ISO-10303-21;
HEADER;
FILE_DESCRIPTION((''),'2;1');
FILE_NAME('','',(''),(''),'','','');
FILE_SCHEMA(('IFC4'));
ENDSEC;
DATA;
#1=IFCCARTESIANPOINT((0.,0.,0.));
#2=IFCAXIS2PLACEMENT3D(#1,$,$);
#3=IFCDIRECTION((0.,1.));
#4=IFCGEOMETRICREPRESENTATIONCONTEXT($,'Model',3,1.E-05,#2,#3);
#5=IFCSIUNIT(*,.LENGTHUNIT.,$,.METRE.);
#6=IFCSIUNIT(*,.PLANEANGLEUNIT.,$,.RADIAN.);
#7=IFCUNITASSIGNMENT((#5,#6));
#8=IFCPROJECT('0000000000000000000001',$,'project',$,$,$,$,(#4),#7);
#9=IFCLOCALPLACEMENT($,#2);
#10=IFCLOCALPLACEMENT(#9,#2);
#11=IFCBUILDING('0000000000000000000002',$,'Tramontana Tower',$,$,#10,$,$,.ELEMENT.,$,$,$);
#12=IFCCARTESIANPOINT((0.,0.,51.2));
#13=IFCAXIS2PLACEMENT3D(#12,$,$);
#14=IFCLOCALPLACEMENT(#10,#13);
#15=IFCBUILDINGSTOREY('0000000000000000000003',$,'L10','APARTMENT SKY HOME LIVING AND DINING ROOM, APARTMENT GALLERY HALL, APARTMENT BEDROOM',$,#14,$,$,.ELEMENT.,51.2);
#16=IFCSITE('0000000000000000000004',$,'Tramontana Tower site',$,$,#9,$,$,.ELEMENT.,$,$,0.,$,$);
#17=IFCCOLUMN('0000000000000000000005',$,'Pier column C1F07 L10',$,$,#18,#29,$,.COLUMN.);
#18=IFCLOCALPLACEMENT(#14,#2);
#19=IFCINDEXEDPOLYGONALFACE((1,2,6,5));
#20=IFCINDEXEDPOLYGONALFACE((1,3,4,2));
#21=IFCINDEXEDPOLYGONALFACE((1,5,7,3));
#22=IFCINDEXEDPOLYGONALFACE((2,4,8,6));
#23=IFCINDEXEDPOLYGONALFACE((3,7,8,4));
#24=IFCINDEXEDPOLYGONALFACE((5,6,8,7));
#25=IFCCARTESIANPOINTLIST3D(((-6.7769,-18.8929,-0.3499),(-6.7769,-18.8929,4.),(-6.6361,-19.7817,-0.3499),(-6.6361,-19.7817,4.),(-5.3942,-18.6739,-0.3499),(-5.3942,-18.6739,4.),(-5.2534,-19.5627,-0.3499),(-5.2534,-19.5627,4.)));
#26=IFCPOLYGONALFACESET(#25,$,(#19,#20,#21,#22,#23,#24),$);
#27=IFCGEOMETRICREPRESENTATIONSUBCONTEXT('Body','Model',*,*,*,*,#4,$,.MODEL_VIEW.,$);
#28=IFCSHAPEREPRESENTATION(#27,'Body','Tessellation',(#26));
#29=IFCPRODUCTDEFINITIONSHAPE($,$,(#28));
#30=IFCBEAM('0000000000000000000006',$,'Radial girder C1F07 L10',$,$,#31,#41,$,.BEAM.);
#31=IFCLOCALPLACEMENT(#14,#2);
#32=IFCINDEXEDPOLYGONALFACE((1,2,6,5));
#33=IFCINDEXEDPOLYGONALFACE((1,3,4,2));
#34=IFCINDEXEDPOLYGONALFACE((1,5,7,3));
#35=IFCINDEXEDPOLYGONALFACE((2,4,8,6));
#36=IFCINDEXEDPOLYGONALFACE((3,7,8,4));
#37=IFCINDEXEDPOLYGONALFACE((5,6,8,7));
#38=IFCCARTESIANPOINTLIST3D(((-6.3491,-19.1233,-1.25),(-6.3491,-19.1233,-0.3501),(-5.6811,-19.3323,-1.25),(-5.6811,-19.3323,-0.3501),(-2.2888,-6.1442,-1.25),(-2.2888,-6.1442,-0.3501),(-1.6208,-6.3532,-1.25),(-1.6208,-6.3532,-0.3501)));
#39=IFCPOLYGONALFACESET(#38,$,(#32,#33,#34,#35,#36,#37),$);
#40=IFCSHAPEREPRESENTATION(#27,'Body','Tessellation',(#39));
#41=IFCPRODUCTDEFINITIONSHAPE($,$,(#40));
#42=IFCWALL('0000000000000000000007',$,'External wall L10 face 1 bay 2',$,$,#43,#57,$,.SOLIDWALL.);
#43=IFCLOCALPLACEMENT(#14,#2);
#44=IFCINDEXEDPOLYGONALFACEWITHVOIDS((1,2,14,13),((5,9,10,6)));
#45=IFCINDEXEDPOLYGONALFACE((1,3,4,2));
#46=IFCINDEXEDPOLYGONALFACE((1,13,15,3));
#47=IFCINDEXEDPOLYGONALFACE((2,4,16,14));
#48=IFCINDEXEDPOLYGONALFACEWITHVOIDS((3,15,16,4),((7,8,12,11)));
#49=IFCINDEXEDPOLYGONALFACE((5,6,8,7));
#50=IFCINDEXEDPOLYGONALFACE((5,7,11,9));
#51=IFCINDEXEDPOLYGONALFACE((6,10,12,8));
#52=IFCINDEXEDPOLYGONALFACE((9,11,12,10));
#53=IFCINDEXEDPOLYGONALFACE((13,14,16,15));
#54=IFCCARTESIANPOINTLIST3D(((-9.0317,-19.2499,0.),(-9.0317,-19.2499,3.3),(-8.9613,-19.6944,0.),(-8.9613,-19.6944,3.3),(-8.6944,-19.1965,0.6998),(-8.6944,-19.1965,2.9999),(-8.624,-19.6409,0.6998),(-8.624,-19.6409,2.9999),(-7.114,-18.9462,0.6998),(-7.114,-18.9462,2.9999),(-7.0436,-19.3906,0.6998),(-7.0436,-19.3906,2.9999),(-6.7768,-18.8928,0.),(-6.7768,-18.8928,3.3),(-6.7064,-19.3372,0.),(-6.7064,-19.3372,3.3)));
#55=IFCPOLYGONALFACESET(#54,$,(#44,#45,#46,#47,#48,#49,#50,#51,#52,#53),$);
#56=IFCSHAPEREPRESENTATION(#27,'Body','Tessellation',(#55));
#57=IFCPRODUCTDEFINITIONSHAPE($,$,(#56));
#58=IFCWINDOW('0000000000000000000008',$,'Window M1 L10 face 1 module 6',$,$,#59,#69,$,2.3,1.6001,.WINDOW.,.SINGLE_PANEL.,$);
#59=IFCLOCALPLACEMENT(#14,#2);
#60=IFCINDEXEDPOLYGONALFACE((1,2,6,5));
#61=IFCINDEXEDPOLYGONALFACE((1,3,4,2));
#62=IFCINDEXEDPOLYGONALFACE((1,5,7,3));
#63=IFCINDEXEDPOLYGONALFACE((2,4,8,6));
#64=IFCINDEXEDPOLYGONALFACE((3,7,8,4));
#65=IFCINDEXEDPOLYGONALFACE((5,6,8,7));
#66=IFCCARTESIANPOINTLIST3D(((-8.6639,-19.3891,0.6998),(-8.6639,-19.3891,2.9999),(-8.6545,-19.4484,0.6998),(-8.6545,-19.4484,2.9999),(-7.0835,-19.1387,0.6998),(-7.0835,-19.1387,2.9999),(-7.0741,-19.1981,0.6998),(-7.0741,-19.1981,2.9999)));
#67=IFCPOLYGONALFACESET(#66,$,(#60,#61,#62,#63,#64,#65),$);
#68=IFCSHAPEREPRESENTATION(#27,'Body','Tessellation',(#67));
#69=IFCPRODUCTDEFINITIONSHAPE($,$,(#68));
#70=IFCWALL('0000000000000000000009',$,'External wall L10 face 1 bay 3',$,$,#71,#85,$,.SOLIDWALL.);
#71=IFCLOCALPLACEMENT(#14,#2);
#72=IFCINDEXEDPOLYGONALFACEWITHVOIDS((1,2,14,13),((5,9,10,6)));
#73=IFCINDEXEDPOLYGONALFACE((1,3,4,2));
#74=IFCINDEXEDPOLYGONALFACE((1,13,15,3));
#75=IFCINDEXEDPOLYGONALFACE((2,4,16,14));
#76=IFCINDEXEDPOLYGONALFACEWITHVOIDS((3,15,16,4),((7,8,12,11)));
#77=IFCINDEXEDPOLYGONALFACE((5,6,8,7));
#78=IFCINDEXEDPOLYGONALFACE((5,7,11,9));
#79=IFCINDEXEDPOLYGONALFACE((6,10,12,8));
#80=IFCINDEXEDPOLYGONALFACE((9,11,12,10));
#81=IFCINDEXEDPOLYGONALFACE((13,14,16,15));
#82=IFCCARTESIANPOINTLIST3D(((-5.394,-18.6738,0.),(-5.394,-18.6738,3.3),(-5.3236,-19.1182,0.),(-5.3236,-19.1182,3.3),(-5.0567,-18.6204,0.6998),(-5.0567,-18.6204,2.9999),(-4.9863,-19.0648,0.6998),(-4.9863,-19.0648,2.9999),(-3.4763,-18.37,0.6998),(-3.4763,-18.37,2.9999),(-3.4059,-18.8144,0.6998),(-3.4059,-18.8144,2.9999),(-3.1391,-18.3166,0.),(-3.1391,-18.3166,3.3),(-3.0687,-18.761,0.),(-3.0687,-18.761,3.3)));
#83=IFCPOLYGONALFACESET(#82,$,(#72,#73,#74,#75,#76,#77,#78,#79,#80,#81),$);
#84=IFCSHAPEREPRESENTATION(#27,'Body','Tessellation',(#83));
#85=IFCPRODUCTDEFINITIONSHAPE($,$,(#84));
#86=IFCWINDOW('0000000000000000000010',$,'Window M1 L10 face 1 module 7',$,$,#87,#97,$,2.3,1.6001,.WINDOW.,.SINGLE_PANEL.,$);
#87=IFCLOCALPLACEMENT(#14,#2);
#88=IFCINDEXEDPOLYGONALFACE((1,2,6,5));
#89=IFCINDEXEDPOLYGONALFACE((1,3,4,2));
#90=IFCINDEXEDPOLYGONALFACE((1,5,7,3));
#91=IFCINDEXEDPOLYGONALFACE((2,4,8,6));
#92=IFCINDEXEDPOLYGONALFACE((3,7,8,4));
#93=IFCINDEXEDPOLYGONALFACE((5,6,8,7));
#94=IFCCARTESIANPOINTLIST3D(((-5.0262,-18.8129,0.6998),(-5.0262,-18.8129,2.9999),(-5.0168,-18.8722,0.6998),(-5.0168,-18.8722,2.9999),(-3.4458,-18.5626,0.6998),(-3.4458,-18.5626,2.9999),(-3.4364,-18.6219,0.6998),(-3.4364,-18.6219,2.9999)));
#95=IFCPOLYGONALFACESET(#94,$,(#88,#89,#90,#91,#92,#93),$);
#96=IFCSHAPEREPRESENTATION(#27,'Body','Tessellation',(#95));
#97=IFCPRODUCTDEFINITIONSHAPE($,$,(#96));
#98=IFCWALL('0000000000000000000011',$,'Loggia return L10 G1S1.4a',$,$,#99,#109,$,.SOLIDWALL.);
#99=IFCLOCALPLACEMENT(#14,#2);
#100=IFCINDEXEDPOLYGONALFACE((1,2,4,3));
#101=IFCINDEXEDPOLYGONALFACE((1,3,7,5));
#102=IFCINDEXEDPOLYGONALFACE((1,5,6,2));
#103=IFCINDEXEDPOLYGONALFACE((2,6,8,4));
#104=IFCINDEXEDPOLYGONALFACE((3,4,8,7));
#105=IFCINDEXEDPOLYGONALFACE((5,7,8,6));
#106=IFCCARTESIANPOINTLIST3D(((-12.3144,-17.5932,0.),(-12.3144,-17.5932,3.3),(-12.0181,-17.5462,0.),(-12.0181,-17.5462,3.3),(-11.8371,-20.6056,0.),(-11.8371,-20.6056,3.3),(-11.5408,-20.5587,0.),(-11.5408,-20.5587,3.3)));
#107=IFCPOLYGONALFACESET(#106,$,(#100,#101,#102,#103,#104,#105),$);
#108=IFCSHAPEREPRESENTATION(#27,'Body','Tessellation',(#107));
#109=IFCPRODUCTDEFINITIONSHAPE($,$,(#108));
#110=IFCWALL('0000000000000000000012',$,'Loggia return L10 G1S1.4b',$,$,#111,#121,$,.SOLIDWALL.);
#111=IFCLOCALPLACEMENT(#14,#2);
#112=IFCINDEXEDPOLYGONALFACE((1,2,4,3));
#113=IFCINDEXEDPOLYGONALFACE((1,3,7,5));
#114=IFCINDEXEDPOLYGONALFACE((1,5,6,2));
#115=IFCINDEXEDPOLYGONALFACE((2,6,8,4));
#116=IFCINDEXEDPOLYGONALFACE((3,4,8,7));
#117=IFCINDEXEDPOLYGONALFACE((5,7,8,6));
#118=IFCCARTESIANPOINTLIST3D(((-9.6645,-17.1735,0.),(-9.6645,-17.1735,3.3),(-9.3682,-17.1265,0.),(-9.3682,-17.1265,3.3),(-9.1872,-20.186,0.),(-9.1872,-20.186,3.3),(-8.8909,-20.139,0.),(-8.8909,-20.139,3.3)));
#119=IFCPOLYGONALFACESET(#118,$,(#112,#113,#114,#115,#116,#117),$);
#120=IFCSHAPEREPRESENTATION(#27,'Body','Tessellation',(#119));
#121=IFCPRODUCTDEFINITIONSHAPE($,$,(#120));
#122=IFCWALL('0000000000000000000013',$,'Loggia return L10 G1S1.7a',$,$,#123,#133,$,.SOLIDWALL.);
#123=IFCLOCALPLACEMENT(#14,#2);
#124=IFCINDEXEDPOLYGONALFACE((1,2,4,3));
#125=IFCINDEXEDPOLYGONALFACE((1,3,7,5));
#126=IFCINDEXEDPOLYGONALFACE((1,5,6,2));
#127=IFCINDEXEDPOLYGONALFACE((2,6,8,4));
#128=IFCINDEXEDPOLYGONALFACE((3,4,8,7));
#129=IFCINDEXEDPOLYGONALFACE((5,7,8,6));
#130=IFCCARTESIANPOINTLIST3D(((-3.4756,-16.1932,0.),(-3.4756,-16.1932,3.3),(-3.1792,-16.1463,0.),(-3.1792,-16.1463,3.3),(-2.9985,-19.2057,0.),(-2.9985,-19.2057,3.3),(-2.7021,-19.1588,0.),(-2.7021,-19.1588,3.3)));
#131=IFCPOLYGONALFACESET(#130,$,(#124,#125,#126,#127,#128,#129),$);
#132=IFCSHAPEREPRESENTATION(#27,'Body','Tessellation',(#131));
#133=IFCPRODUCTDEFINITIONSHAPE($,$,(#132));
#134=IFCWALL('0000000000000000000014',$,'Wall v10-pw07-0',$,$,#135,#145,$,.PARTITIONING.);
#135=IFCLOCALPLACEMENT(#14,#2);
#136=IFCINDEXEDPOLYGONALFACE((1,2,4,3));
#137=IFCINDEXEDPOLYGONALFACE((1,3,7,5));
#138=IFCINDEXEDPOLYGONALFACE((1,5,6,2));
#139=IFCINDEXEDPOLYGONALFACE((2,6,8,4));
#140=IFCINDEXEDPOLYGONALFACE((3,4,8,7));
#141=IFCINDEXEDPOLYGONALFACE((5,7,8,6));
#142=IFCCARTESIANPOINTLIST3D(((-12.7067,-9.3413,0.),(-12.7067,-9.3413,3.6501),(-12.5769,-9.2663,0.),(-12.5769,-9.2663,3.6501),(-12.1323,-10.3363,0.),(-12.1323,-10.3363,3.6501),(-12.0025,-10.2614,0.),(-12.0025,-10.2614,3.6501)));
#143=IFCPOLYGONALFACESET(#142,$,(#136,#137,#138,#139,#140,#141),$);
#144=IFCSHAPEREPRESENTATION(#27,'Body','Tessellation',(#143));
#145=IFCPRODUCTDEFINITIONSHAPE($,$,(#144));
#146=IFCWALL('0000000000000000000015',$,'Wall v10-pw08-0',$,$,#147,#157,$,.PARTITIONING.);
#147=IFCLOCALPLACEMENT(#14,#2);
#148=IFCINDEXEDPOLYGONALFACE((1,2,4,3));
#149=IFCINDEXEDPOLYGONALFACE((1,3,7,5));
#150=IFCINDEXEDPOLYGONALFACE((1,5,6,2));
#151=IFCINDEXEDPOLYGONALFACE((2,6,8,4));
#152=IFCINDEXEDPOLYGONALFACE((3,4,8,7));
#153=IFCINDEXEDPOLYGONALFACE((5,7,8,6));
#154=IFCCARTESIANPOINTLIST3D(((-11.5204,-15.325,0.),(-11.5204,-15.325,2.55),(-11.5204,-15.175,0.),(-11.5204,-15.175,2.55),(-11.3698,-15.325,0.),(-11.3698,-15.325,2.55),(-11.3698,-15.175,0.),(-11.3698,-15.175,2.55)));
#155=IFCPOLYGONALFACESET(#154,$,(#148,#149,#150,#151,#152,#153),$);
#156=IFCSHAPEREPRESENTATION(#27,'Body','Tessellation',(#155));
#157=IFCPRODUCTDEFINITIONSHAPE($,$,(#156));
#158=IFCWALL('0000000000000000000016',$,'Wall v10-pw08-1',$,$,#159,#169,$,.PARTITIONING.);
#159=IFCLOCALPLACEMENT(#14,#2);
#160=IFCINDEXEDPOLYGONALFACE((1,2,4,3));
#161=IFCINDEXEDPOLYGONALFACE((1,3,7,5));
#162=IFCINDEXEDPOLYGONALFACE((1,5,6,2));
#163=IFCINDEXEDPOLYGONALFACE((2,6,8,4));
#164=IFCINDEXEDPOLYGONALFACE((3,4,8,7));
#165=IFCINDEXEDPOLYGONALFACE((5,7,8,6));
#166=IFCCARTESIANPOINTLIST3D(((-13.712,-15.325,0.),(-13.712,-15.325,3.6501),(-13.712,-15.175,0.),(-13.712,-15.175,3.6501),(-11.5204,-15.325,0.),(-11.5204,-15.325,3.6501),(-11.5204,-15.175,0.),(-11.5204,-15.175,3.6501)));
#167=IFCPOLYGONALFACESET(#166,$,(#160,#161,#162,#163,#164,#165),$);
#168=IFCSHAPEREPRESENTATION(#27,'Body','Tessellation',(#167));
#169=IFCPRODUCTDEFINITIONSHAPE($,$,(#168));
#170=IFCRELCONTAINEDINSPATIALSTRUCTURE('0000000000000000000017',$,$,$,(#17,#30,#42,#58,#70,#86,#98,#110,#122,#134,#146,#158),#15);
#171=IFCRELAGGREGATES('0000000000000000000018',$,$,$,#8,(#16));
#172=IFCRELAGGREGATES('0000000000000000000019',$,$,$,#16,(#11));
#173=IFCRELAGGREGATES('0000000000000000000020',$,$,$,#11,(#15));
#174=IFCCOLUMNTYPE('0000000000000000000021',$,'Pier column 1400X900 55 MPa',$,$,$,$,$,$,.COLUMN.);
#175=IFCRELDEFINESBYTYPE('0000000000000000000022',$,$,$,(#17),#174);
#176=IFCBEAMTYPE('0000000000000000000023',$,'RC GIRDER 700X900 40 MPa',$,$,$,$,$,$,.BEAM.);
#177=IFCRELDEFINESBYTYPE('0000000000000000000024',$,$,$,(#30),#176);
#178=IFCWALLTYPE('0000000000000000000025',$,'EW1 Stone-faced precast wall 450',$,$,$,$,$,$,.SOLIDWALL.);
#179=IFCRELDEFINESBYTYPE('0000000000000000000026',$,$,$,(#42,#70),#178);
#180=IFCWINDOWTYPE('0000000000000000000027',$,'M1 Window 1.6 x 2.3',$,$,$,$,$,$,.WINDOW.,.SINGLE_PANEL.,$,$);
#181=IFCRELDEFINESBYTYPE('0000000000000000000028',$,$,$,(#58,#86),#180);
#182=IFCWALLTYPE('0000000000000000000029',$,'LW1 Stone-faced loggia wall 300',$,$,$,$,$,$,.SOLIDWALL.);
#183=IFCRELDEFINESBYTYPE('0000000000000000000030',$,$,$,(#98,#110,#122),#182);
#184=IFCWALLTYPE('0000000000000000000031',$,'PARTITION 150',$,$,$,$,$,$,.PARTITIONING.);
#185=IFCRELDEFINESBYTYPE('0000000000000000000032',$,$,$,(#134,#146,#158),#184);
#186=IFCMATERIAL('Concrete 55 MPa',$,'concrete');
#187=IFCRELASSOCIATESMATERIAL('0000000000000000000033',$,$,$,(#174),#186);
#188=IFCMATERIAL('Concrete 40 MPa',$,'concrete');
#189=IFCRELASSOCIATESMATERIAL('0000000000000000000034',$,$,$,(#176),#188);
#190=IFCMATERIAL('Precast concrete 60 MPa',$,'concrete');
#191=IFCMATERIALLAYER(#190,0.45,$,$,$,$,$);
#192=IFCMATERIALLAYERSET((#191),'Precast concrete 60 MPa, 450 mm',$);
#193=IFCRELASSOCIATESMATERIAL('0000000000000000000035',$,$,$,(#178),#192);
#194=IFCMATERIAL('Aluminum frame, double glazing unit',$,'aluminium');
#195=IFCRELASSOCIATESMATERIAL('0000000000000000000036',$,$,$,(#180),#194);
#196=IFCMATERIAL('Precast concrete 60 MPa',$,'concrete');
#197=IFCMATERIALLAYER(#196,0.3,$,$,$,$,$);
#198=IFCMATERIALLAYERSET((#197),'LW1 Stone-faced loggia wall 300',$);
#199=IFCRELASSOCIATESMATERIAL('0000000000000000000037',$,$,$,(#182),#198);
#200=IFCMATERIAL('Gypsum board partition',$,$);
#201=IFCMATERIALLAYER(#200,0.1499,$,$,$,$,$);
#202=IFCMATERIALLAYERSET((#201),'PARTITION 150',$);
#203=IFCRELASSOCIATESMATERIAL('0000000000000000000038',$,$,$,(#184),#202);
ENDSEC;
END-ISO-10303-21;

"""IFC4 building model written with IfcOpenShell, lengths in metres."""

from ifc_helpers import new_model, si_unit, direction, frame, frame_2d, origin, origin_2d, place, context, subcontext, project, spatial, rectangle, extrude, material, layer, layer_set, material_profile, profile_set, type_object, element, fill, save


model = new_model("IFC4")

# Units and contexts
model_context = context("Model", 3, precision=1e-05, world=origin(), true_north=direction((0.0, 1.0)))
body_context = subcontext(model_context, "Body", "Model", "MODEL_VIEW")
ifc_project = project(units=[si_unit("LENGTHUNIT", "METRE"), si_unit("PLANEANGLEUNIT", "RADIAN")], contexts=[model_context])

# Site, building, storey
site_placement = place(None, origin())
site = spatial("IfcSite", under=ifc_project, at=site_placement, Name="Tramontana Tower site", CompositionType="ELEMENT", RefElevation=0.0)
building_placement = place(site_placement, origin())
building = spatial("IfcBuilding", under=site, at=building_placement, Name="Tramontana Tower", CompositionType="ELEMENT")
storey_placement = place(building_placement, frame((0.0, 0.0, 51.2)))
storey = spatial("IfcBuildingStorey", under=building, at=storey_placement, Name="L10", Description="APARTMENT SKY HOME LIVING AND DINING ROOM, APARTMENT GALLERY HALL, APARTMENT BEDROOM", CompositionType="ELEMENT", Elevation=51.2)

# Column
ifc_material_1 = material(Name="Concrete 55 MPa", Category="concrete")
ifc_material_profile_1 = material_profile(ifc_material_1, rectangle(XDim=1.3999, YDim=0.8999, at=origin_2d()), Name="Pier column 1400X900 55 MPa")
ifc_profile_set_1 = profile_set([ifc_material_profile_1], Name="Concrete 55 MPa")
column_type = type_object("IfcColumnType", Name="Pier column 1400X900 55 MPa", PredefinedType="COLUMN", material=ifc_profile_set_1)
column_placement = place(storey_placement, frame((-6.0151, -19.2278, -0.3499), z_axis=(0.0, 0.0, 1.0), x_axis=(0.987688, 0.156434, 0.0)))
element("IfcColumn", 1, at=column_placement, inside=storey, type_object=column_type, Name="Pier column C1F07 L10", PredefinedType="COLUMN", context=body_context, shape_type="SweptSolid", body=[
    extrude(rectangle(XDim=1.3999, YDim=0.8999, at=origin_2d()), origin(), (0.0, 0.0, 1.0), 4.3499),
])

# Beam
ifc_material_2 = material(Name="Concrete 40 MPa", Category="concrete")
ifc_material_profile_2 = material_profile(ifc_material_2, rectangle(XDim=0.7, YDim=0.8999, at=origin_2d()), Name="RC GIRDER 700X900 40 MPa")
ifc_profile_set_2 = profile_set([ifc_material_profile_2], Name="Concrete 40 MPa")
beam_type = type_object("IfcBeamType", Name="RC GIRDER 700X900 40 MPa", PredefinedType="BEAM", material=ifc_profile_set_2)
beam_placement = place(storey_placement, frame((-6.0151, -19.2278, -0.8), z_axis=(0.298567, 0.954389, 0.0), x_axis=(-0.954389, 0.298567, 0.0)))
element("IfcBeam", 2, at=beam_placement, inside=storey, type_object=beam_type, Name="Radial girder C1F07 L10", PredefinedType="BEAM", context=body_context, shape_type="SweptSolid", body=[
    extrude(rectangle(XDim=0.7, YDim=0.8999, at=origin_2d()), origin(), (0.0, 0.0, 1.0), 13.5994),
])

# Walls, openings, windows
ifc_material_3 = material(Name="Precast concrete 60 MPa", Category="concrete")
ifc_layer_1 = layer(ifc_material_3, 0.45)
ifc_layer_set_1 = layer_set([ifc_layer_1], Name="Precast concrete 60 MPa, 450 mm")
wall_type_1 = type_object("IfcWallType", Name="EW1 Stone-faced precast wall 450", PredefinedType="SOLIDWALL", material=ifc_layer_set_1)
wall_1_placement = place(storey_placement, frame((-8.9966, -19.4722, 0.0), z_axis=(0.0, 0.0, 1.0), x_axis=(0.987686, 0.156451, 0.0)))
wall_1 = element("IfcWall", 3, at=wall_1_placement, inside=storey, type_object=wall_type_1, Name="External wall L10 face 1 bay 2", PredefinedType="SOLIDWALL", context=body_context, shape_type="SweptSolid", body=[
    extrude(rectangle(XDim=2.283, YDim=0.45, at=frame_2d((1.1416, 0.0))), origin(), (0.0, 0.0, 1.0), 3.3),
])
opening_1_placement = place(wall_1_placement, frame((0.3416, 0.0, 0.7)))
opening_1 = element("IfcOpeningElement", 4, at=opening_1_placement, cuts=wall_1, PredefinedType="OPENING", context=body_context, shape_type="SweptSolid", body=[
    extrude(rectangle(XDim=1.6001, YDim=2.3, at=frame_2d((0.8, 1.1499))), frame((0.0, 0.2349, 0.0), z_axis=(0.0, -1.0, 0.0), x_axis=(1.0, 0.0, 0.0)), (0.0, 0.0, 1.0), 0.47),
])
ifc_material_4 = material(Name="Aluminum frame, double glazing unit", Category="aluminium")
window_type = type_object("IfcWindowType", Name="M1 Window 1.6 x 2.3", PartitioningType="SINGLE_PANEL", PredefinedType="WINDOW", material=ifc_material_4)
window_1_placement = place(opening_1_placement, origin())
window_1 = element("IfcWindow", 5, at=window_1_placement, inside=storey, type_object=window_type, Name="Window M1 L10 face 1 module 6", OverallHeight=2.3, OverallWidth=1.6001, PartitioningType="SINGLE_PANEL", PredefinedType="WINDOW", context=body_context, shape_type="SweptSolid", body=[
    extrude(rectangle(XDim=1.6001, YDim=2.3, at=frame_2d((0.8, 1.1499))), frame((0.0, 0.03, 0.0), z_axis=(0.0, -1.0, 0.0), x_axis=(1.0, 0.0, 0.0)), (0.0, 0.0, 1.0), 0.0601),
])
fill(opening_1, window_1)
wall_2_placement = place(storey_placement, frame((-5.3589, -18.896, 0.0), z_axis=(0.0, 0.0, 1.0), x_axis=(0.987686, 0.156451, 0.0)))
wall_2 = element("IfcWall", 6, at=wall_2_placement, inside=storey, type_object=wall_type_1, Name="External wall L10 face 1 bay 3", PredefinedType="SOLIDWALL", context=body_context, shape_type="SweptSolid", body=[
    extrude(rectangle(XDim=2.283, YDim=0.45, at=frame_2d((1.1416, 0.0))), origin(), (0.0, 0.0, 1.0), 3.3),
])
opening_2_placement = place(wall_2_placement, frame((0.3416, 0.0, 0.7)))
opening_2 = element("IfcOpeningElement", 7, at=opening_2_placement, cuts=wall_2, PredefinedType="OPENING", context=body_context, shape_type="SweptSolid", body=[
    extrude(rectangle(XDim=1.6001, YDim=2.3, at=frame_2d((0.8, 1.1499))), frame((0.0, 0.2349, 0.0), z_axis=(0.0, -1.0, 0.0), x_axis=(1.0, 0.0, 0.0)), (0.0, 0.0, 1.0), 0.47),
])
window_2_placement = place(opening_2_placement, origin())
window_2 = element("IfcWindow", 8, at=window_2_placement, inside=storey, type_object=window_type, Name="Window M1 L10 face 1 module 7", OverallHeight=2.3, OverallWidth=1.6001, PartitioningType="SINGLE_PANEL", PredefinedType="WINDOW", context=body_context, shape_type="SweptSolid", body=[
    extrude(rectangle(XDim=1.6001, YDim=2.3, at=frame_2d((0.8, 1.1499))), frame((0.0, 0.03, 0.0), z_axis=(0.0, -1.0, 0.0), x_axis=(1.0, 0.0, 0.0)), (0.0, 0.0, 1.0), 0.0601),
])
fill(opening_2, window_2)

# Shared definitions
ifc_material_5 = material(Name="Precast concrete 60 MPa", Category="concrete")
ifc_layer_2 = layer(ifc_material_5, 0.3)
ifc_layer_set_2 = layer_set([ifc_layer_2], Name="LW1 Stone-faced loggia wall 300")
wall_type_2 = type_object("IfcWallType", Name="LW1 Stone-faced loggia wall 300", PredefinedType="SOLIDWALL", material=ifc_layer_set_2)

# Walls
for number, where, z_axis, x_axis, name in (
    (9, (-11.689, -20.582, 0.0), (0.0, 0.0, 1.0), (-0.156489, 0.98768, 0.0), "Loggia return L10 G1S1.4a"),
    (10, (-9.0391, -20.1624, 0.0), (0.0, 0.0, 1.0), (-0.156489, 0.98768, 0.0), "Loggia return L10 G1S1.4b"),
):
    element("IfcWall", number, at=place(storey_placement, frame(where, z_axis=z_axis, x_axis=x_axis)), inside=storey, type_object=wall_type_2, Name=name, PredefinedType="SOLIDWALL", context=body_context, shape_type="SweptSolid", body=[
        extrude(rectangle(XDim=3.05, YDim=0.3, at=frame_2d((1.5249, 0.0))), origin(), (0.0, 0.0, 1.0), 3.3),
    ])

# Walls
wall_3_placement = place(storey_placement, frame((-2.8503, -19.1821, 0.0), z_axis=(0.0, 0.0, 1.0), x_axis=(-0.156411, 0.987692, 0.0)))
element("IfcWall", 11, at=wall_3_placement, inside=storey, type_object=wall_type_2, Name="Loggia return L10 G1S1.7a", PredefinedType="SOLIDWALL", context=body_context, shape_type="SweptSolid", body=[
    extrude(rectangle(XDim=3.05, YDim=0.3, at=frame_2d((1.5249, 0.0))), origin(), (0.0, 0.0, 1.0), 3.3),
])
ifc_material_6 = material(Name="Gypsum board partition")
ifc_layer_3 = layer(ifc_material_6, 0.1499)
ifc_layer_set_3 = layer_set([ifc_layer_3], Name="PARTITION 150")
wall_type_3 = type_object("IfcWallType", Name="PARTITION 150", PredefinedType="PARTITIONING", material=ifc_layer_set_3)
wall_4_placement = place(storey_placement, frame((-12.0674, -10.2988, 0.0), z_axis=(0.0, 0.0, 1.0), x_axis=(-0.499955, 0.866051, 0.0)))
element("IfcWall", 12, at=wall_4_placement, inside=storey, type_object=wall_type_3, Name="Wall v10-pw07-0", PredefinedType="PARTITIONING", context=body_context, shape_type="SweptSolid", body=[
    extrude(rectangle(XDim=1.1489, YDim=0.1499, at=frame_2d((0.5745, 0.0))), origin(), (0.0, 0.0, 1.0), 3.6501),
])
wall_5_placement = place(storey_placement, frame((-11.3699, -15.25, 0.0), z_axis=(0.0, 0.0, 1.0), x_axis=(-1.0, 0.0, 0.0)))
element("IfcWall", 13, at=wall_5_placement, inside=storey, type_object=wall_type_3, Name="Wall v10-pw08-0", PredefinedType="PARTITIONING", context=body_context, shape_type="SweptSolid", body=[
    extrude(rectangle(XDim=0.1506, YDim=0.1499, at=frame_2d((0.0752, 0.0))), origin(), (0.0, 0.0, 1.0), 2.55),
])
wall_6_placement = place(storey_placement, frame((-11.5205, -15.25, 0.0), z_axis=(0.0, 0.0, 1.0), x_axis=(-1.0, 0.0, 0.0)))
element("IfcWall", 14, at=wall_6_placement, inside=storey, type_object=wall_type_3, Name="Wall v10-pw08-1", PredefinedType="PARTITIONING", context=body_context, shape_type="SweptSolid", body=[
    extrude(rectangle(XDim=2.1917, YDim=0.1499, at=frame_2d((1.0957, 0.0))), origin(), (0.0, 0.0, 1.0), 3.6501),
])

save(model, "model.ifc")
